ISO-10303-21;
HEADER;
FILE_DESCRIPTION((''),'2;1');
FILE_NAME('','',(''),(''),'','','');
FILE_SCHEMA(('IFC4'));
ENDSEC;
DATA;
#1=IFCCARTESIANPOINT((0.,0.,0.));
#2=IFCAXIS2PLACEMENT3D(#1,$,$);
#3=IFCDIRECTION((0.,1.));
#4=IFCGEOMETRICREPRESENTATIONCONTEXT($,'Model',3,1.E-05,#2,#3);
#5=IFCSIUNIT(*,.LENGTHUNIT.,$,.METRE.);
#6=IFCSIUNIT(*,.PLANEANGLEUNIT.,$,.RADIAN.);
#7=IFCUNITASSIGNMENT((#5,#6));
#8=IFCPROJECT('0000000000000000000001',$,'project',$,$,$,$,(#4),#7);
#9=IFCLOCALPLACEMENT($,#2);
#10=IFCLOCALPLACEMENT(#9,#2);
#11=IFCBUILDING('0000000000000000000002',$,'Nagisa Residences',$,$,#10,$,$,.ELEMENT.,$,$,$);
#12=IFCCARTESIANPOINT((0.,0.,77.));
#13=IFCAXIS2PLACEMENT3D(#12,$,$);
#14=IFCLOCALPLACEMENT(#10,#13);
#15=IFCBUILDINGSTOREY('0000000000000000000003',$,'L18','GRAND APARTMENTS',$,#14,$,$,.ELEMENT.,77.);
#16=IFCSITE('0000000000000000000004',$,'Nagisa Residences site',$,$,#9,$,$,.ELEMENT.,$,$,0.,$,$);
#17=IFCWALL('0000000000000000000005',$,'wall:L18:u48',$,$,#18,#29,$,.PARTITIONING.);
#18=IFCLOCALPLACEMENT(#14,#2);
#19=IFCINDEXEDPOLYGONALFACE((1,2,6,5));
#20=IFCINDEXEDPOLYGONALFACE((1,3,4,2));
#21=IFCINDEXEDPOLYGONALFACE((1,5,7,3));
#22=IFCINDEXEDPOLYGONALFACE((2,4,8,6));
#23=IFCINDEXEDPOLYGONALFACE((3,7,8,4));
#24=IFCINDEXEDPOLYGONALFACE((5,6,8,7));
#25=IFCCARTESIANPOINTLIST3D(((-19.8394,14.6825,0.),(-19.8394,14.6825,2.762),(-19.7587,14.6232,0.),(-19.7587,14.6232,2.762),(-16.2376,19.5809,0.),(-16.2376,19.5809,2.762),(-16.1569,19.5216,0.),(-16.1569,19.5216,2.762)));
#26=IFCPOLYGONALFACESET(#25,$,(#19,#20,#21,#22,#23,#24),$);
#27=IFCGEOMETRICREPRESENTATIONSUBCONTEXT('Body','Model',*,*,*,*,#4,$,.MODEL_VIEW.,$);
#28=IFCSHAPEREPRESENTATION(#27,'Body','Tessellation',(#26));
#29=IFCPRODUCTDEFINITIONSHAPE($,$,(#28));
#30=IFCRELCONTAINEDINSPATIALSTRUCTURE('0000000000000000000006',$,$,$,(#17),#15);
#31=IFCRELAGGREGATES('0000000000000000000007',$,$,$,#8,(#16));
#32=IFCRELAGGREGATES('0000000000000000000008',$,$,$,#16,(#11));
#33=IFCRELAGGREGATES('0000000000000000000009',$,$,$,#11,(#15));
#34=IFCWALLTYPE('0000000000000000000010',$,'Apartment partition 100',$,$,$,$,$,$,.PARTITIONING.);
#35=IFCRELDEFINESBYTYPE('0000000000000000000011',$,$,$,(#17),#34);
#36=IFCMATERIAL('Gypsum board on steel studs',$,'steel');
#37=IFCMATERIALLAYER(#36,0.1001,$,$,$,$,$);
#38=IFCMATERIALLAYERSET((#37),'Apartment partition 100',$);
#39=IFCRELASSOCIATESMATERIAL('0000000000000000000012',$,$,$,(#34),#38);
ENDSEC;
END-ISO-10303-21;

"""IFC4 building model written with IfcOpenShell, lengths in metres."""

from ifc_helpers import new_model, si_unit, direction, frame, frame_2d, origin, place, context, subcontext, project, spatial, rectangle, extrude, material, layer, layer_set, type_object, element, save


model = new_model("IFC4")

# Units and contexts
model_context = context("Model", 3, precision=1e-05, world=origin(), true_north=direction((0.0, 1.0)))
body_context = subcontext(model_context, "Body", "Model", "MODEL_VIEW")
ifc_project = project(units=[si_unit("LENGTHUNIT", "METRE"), si_unit("PLANEANGLEUNIT", "RADIAN")], contexts=[model_context])

# Site, building, storey
site_placement = place(None, origin())
site = spatial("IfcSite", under=ifc_project, at=site_placement, Name="Nagisa Residences site", CompositionType="ELEMENT", RefElevation=0.0)
building_placement = place(site_placement, origin())
building = spatial("IfcBuilding", under=site, at=building_placement, Name="Nagisa Residences", CompositionType="ELEMENT")
storey_placement = place(building_placement, frame((0.0, 0.0, 77.0)))
storey = spatial("IfcBuildingStorey", under=building, at=storey_placement, Name="L18", Description="GRAND APARTMENTS", CompositionType="ELEMENT", Elevation=77.0)

# Shared definitions
ifc_material_1 = material(Name="Gypsum board on steel studs", Category="steel")
ifc_layer_1 = layer(ifc_material_1, 0.1001)
ifc_layer_set_1 = layer_set([ifc_layer_1], Name="Apartment partition 100")
wall_type_1 = type_object("IfcWallType", Name="Apartment partition 100", PredefinedType="PARTITIONING", material=ifc_layer_set_1)

# Wall
wall_1_placement = place(storey_placement, frame((-16.1973, 19.5513, 0.0), z_axis=(0.0, 0.0, 1.0), x_axis=(-0.592392, -0.80565, 0.0)))
element("IfcWall", 1, at=wall_1_placement, inside=storey, type_object=wall_type_1, Name="wall:L18:u48", PredefinedType="PARTITIONING", context=body_context, shape_type="SweptSolid", body=[
    extrude(rectangle(XDim=6.0801, YDim=0.1001, at=frame_2d((3.04, 0.0))), origin(), (0.0, 0.0, 1.0), 2.762),
])

save(model, "model.ifc")
